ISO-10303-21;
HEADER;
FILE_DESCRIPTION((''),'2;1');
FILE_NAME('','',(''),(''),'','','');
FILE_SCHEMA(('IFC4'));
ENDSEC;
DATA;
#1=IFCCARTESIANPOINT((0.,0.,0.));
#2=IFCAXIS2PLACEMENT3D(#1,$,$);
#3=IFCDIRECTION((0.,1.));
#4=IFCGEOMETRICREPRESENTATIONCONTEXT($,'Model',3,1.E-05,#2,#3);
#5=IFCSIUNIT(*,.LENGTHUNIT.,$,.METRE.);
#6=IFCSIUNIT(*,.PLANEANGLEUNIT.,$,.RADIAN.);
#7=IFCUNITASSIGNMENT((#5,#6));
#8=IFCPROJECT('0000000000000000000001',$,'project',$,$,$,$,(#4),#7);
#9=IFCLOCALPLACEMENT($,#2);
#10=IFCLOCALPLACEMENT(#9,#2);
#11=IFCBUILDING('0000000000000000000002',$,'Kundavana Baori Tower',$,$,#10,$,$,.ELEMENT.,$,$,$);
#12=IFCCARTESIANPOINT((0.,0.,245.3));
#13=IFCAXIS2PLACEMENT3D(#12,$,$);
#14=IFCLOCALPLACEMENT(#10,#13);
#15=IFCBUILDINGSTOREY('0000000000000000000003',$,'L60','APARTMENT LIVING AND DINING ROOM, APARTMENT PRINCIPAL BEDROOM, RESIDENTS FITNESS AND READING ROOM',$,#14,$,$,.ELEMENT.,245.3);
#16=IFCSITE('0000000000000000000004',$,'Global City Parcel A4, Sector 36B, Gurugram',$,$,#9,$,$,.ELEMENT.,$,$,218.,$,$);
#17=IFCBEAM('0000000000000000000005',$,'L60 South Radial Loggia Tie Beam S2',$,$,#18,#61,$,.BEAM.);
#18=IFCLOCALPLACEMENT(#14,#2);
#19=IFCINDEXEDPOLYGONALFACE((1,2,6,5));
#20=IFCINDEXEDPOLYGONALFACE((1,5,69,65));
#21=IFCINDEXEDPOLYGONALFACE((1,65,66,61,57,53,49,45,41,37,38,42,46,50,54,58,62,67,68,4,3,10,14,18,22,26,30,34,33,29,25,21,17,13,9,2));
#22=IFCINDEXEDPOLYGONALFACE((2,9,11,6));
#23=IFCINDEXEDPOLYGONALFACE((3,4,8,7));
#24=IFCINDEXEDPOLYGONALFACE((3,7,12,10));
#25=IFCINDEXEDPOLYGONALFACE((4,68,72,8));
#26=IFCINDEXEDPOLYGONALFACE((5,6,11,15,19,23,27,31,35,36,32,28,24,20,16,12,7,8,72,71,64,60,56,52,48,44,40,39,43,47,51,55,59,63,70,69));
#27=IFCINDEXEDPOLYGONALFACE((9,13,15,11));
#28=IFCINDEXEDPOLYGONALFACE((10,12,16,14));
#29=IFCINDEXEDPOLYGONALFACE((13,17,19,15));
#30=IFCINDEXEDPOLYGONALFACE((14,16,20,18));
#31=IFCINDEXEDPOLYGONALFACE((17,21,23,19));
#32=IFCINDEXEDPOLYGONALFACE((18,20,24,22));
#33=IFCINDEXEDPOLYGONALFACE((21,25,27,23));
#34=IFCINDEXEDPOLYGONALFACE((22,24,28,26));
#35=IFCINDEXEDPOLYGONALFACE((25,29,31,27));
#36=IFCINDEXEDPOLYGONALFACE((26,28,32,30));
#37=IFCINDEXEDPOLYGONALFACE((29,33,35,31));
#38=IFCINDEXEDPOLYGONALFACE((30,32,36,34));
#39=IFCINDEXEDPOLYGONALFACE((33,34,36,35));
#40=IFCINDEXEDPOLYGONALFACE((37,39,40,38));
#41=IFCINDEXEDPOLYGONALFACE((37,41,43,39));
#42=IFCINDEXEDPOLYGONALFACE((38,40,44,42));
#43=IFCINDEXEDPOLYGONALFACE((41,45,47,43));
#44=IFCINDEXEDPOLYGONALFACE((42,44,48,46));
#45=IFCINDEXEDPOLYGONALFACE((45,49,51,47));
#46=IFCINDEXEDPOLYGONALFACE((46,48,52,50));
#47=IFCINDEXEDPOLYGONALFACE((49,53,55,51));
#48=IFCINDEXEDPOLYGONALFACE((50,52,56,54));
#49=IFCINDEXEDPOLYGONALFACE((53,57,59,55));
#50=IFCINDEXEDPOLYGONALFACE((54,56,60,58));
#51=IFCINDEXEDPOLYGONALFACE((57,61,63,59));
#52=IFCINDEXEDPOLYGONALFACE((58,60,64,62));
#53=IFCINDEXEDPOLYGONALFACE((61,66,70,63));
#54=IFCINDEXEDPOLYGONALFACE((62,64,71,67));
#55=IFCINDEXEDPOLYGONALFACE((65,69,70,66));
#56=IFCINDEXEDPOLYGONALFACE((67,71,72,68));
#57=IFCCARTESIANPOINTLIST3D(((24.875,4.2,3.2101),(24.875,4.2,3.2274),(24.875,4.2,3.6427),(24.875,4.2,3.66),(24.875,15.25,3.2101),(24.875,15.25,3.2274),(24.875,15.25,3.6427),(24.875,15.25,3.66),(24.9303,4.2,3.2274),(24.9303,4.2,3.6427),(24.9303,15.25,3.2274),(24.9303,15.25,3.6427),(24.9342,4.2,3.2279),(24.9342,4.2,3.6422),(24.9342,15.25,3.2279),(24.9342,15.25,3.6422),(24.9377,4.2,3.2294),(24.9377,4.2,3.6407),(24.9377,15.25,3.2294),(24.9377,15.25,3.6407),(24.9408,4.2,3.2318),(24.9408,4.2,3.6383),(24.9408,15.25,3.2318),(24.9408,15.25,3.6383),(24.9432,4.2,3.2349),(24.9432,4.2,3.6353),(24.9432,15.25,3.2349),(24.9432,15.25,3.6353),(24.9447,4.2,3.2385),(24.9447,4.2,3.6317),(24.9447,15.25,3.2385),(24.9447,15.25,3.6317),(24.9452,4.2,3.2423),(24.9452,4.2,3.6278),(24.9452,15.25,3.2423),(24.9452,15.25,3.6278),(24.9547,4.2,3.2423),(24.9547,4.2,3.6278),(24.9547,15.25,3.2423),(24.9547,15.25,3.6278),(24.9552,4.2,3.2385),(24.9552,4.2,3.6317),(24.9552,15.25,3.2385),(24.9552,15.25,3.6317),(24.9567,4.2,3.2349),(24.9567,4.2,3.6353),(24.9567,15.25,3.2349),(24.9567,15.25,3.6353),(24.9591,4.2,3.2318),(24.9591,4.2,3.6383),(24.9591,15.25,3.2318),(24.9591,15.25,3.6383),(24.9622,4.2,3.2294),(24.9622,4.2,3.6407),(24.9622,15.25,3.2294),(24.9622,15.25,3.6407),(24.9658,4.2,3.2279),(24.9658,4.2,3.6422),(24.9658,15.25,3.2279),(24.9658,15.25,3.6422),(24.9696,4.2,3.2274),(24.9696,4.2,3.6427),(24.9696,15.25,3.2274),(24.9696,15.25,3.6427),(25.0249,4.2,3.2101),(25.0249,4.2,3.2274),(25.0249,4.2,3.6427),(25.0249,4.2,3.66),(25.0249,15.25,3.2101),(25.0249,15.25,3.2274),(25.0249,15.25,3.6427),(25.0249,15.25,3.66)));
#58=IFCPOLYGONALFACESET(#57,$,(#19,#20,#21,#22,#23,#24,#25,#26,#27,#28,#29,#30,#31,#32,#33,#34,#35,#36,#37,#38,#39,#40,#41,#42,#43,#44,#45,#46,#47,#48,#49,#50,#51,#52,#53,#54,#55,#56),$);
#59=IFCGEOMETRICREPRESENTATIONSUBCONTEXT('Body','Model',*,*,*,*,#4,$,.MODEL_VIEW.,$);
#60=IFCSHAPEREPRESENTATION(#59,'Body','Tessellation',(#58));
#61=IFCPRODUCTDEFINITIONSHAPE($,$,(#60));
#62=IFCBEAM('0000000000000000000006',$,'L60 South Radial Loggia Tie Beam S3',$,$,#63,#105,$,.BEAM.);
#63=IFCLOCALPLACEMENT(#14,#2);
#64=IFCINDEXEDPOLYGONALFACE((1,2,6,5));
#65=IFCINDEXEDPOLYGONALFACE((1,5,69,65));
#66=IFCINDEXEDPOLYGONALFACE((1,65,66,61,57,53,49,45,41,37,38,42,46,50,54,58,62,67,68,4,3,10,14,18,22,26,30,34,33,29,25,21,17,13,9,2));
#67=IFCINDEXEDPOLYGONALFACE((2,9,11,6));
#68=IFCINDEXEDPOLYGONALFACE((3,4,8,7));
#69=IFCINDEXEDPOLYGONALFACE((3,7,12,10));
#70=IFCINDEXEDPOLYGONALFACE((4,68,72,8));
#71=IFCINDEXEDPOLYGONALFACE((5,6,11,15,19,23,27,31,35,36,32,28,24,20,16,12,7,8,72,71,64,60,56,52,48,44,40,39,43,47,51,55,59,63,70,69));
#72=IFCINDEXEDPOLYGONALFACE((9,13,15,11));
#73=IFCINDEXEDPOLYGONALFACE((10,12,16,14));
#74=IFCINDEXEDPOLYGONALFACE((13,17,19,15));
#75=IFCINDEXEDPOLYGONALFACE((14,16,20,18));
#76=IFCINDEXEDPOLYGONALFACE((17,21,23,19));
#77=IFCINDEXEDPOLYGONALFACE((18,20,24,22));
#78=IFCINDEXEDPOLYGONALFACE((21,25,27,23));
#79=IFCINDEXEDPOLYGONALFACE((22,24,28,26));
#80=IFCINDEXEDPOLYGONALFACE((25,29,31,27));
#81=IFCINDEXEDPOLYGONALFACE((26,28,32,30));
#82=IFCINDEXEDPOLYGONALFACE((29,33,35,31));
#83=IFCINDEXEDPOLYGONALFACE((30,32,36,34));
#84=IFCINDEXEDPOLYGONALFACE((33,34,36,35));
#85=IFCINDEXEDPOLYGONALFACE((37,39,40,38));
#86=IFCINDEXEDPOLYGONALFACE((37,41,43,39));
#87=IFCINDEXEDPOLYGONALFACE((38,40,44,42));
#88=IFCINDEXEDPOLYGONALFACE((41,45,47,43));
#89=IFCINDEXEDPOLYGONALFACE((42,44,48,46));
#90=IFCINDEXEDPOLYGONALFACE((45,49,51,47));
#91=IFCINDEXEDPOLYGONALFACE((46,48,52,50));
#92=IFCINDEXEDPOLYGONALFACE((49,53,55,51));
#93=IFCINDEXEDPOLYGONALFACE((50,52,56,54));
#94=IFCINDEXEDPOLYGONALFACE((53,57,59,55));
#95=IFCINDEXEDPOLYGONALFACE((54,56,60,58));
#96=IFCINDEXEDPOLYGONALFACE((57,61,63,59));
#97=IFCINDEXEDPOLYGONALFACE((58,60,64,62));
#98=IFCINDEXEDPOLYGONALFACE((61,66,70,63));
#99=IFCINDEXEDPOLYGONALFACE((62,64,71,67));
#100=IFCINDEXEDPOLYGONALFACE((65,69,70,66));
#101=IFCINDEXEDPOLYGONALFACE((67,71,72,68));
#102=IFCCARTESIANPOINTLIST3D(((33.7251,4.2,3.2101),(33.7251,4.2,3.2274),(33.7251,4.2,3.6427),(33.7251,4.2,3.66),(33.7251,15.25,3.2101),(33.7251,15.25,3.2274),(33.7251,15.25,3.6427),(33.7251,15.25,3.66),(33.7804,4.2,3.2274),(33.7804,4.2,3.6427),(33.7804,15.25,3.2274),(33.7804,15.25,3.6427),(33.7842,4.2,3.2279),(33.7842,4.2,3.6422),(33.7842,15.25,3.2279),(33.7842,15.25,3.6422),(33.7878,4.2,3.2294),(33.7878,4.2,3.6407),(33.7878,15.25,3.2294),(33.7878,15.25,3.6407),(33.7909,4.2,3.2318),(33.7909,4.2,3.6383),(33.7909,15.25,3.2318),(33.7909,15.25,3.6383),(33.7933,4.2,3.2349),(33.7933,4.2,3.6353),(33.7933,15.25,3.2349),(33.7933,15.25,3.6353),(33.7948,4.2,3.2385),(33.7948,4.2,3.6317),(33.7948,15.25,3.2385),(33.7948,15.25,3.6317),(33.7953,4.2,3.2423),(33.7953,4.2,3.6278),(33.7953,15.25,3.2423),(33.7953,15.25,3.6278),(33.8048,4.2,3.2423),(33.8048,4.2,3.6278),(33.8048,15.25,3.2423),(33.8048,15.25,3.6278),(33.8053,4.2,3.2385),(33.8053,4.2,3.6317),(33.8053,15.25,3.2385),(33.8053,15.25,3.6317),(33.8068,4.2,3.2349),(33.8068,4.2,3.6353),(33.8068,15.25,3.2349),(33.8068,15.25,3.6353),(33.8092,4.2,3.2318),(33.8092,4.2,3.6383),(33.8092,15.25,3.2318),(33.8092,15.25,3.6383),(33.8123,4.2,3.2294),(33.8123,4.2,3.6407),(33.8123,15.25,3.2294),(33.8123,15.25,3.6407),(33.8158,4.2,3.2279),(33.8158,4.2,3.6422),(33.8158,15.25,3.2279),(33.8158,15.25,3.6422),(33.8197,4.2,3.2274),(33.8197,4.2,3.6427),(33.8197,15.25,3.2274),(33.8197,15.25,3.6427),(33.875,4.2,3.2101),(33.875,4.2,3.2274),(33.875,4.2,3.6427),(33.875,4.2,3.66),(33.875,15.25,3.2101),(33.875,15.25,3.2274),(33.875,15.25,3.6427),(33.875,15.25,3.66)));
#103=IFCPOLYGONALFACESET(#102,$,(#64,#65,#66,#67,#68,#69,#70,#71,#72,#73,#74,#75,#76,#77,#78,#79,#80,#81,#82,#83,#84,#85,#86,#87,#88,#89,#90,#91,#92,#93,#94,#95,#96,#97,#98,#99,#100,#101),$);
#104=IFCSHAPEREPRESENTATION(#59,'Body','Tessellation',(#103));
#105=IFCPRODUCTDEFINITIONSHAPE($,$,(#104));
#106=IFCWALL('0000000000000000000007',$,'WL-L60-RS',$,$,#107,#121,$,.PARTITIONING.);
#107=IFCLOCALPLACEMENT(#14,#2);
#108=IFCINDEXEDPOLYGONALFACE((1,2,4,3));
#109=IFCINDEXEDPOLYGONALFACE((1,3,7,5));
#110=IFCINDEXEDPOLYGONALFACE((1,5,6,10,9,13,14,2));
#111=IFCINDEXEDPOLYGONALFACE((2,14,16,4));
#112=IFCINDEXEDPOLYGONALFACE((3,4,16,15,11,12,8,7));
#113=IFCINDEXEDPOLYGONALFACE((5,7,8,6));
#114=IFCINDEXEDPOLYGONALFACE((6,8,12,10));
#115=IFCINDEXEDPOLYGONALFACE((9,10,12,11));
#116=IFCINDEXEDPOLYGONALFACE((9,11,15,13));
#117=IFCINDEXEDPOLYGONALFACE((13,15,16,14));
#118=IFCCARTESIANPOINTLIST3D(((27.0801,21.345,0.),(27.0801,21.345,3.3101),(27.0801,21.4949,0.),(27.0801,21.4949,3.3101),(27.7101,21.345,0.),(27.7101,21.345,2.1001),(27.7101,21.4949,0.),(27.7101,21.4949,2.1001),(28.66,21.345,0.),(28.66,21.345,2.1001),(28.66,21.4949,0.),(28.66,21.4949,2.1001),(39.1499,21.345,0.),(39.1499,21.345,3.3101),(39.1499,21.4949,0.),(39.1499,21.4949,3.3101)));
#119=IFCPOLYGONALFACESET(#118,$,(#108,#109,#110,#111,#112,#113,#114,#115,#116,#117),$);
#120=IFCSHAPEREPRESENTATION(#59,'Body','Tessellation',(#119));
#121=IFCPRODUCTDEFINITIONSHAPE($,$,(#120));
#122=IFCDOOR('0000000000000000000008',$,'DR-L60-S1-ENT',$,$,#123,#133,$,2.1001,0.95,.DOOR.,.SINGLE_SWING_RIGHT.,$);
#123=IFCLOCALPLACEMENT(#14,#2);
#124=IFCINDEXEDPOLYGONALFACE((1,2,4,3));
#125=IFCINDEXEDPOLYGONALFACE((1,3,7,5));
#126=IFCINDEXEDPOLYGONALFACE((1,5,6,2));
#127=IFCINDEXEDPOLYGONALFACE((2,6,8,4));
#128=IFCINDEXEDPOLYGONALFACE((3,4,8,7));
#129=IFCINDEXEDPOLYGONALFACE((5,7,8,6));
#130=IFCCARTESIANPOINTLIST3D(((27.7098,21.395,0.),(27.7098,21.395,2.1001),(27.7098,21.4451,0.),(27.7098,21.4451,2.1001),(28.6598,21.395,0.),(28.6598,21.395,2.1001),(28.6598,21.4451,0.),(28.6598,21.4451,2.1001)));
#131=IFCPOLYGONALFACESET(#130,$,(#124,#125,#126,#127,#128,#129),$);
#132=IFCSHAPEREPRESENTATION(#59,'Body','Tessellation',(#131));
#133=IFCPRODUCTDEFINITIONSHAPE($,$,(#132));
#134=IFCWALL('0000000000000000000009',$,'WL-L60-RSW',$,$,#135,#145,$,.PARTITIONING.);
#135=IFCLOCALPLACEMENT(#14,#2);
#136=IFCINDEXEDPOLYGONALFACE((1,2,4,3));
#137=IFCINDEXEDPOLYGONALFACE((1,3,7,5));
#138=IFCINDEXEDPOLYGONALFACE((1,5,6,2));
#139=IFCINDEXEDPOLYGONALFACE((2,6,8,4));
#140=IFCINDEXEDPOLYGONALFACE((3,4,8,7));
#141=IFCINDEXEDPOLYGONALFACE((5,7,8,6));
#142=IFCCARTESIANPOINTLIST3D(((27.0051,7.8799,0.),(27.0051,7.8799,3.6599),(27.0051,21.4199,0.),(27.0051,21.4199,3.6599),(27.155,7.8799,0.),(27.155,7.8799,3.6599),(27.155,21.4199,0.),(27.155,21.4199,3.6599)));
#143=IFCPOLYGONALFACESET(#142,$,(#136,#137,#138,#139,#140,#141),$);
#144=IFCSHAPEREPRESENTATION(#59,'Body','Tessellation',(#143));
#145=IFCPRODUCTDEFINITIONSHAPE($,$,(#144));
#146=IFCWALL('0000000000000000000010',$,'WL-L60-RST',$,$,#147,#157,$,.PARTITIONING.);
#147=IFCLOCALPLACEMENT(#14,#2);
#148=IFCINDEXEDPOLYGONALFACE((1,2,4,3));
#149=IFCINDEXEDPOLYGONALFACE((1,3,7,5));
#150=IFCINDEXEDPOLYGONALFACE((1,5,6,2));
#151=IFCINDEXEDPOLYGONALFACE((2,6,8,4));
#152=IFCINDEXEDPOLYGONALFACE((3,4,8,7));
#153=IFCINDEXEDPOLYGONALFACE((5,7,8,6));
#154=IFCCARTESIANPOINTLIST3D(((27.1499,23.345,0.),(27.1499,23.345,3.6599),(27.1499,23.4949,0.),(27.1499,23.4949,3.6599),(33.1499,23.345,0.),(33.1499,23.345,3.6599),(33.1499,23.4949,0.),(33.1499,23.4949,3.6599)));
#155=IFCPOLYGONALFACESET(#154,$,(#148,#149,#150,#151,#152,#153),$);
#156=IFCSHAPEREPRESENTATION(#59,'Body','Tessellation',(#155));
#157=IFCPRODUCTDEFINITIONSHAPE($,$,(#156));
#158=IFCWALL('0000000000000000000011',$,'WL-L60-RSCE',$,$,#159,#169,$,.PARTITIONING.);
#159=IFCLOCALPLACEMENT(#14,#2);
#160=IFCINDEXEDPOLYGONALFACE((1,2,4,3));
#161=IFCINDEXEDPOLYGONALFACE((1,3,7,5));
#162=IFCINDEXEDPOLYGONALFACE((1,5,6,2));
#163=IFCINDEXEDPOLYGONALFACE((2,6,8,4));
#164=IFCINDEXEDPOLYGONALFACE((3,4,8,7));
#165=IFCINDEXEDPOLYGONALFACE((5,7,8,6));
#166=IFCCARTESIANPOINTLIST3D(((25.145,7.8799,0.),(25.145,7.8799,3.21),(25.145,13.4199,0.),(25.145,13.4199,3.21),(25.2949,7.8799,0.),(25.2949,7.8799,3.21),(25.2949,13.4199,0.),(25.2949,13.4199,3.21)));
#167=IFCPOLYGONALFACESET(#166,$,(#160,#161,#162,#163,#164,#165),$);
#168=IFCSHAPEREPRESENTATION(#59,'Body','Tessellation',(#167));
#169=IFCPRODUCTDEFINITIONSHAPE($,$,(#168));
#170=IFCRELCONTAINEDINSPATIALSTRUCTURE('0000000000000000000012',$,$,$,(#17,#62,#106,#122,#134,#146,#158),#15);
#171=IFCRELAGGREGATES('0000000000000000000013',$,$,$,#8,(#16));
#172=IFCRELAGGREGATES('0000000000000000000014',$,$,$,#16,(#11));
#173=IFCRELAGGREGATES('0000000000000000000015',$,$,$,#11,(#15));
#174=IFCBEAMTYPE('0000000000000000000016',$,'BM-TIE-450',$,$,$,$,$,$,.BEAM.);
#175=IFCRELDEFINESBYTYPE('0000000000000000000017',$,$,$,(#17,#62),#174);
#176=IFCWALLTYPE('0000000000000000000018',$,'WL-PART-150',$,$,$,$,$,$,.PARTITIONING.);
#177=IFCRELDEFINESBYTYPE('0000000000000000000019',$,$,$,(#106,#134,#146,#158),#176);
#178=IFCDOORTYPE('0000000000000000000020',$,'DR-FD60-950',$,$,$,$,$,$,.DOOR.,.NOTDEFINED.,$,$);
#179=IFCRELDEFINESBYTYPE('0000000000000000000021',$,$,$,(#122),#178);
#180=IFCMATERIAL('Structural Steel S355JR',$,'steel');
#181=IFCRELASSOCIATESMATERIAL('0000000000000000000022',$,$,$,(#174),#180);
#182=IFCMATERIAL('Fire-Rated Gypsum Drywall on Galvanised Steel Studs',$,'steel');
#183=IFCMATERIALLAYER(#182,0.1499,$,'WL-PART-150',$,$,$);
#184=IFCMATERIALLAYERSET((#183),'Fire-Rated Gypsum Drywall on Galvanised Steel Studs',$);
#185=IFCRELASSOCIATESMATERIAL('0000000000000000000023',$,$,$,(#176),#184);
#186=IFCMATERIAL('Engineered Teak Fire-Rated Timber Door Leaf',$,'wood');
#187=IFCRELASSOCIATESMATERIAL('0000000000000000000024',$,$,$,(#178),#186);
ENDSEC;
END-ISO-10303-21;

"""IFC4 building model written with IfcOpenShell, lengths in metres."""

from ifc_helpers import new_model, si_unit, direction, frame, frame_2d, origin, origin_2d, place, context, subcontext, project, spatial, rectangle, i_section, extrude, material, layer, layer_set, material_profile, profile_set, type_object, element, fill, save


model = new_model("IFC4")

# Units and contexts
model_context = context("Model", 3, precision=1e-05, world=origin(), true_north=direction((0.0, 1.0)))
body_context = subcontext(model_context, "Body", "Model", "MODEL_VIEW")
ifc_project = project(units=[si_unit("LENGTHUNIT", "METRE"), si_unit("PLANEANGLEUNIT", "RADIAN")], contexts=[model_context])

# Site, building, storey
site_placement = place(None, origin())
site = spatial("IfcSite", under=ifc_project, at=site_placement, Name="Global City Parcel A4, Sector 36B, Gurugram", CompositionType="ELEMENT", RefElevation=218.0)
building_placement = place(site_placement, origin())
building = spatial("IfcBuilding", under=site, at=building_placement, Name="Kundavana Baori Tower", CompositionType="ELEMENT")
storey_placement = place(building_placement, frame((0.0, 0.0, 245.3)))
storey = spatial("IfcBuildingStorey", under=building, at=storey_placement, Name="L60", Description="APARTMENT LIVING AND DINING ROOM, APARTMENT PRINCIPAL BEDROOM, RESIDENTS FITNESS AND READING ROOM", CompositionType="ELEMENT", Elevation=245.3)

# Beams
ifc_material_1 = material(Name="Structural Steel S355JR", Category="steel")
ifc_material_profile_1 = material_profile(ifc_material_1, i_section(OverallWidth=0.1499, OverallDepth=0.45, WebThickness=0.0095, FlangeThickness=0.0173, FilletRadius=0.0149, at=origin_2d()), Name="ISMB 450")
ifc_profile_set_1 = profile_set([ifc_material_profile_1], Name="Structural Steel S355JR")
beam_type_1 = type_object("IfcBeamType", Name="BM-TIE-450", PredefinedType="BEAM", material=ifc_profile_set_1)
for number, where, z_axis, x_axis, name in (
    (1, (24.95, 15.25, 3.4351), (0.0, -1.0, 0.0), (1.0, 0.0, 0.0), "L60 South Radial Loggia Tie Beam S2"),
    (2, (33.8, 15.25, 3.4351), (0.0, -1.0, 0.0), (1.0, 0.0, 0.0), "L60 South Radial Loggia Tie Beam S3"),
):
    element("IfcBeam", number, at=place(storey_placement, frame(where, z_axis=z_axis, x_axis=x_axis)), inside=storey, type_object=beam_type_1, Name=name, PredefinedType="BEAM", context=body_context, shape_type="SweptSolid", body=[
        extrude(i_section(OverallWidth=0.1499, OverallDepth=0.45, WebThickness=0.0095, FlangeThickness=0.0173, FilletRadius=0.0149, at=origin_2d()), origin(), (0.0, 0.0, 1.0), 11.05),
    ])

# Wall, opening, door
ifc_material_2 = material(Name="Fire-Rated Gypsum Drywall on Galvanised Steel Studs", Category="steel")
ifc_layer = layer(ifc_material_2, 0.1499, Name="WL-PART-150")
ifc_layer_set = layer_set([ifc_layer], Name="Fire-Rated Gypsum Drywall on Galvanised Steel Studs")
wall_type = type_object("IfcWallType", Name="WL-PART-150", PredefinedType="PARTITIONING", material=ifc_layer_set)
wall_1_placement = place(storey_placement, frame((27.0801, 21.4199, 0.0), z_axis=(0.0, 0.0, 1.0), x_axis=(1.0, 0.0, 0.0)))
wall_1 = element("IfcWall", 3, at=wall_1_placement, inside=storey, type_object=wall_type, Name="WL-L60-RS", PredefinedType="PARTITIONING", context=body_context, shape_type="SweptSolid", body=[
    extrude(rectangle(XDim=12.0698, YDim=0.1499, at=frame_2d((6.0349, 0.0))), origin(), (0.0, 0.0, 1.0), 3.3101),
])
opening_1_placement = place(wall_1_placement, frame((0.6299, 0.0, 0.0)))
opening_1 = element("IfcOpeningElement", 4, at=opening_1_placement, cuts=wall_1, PredefinedType="OPENING", context=body_context, shape_type="SweptSolid", body=[
    extrude(rectangle(XDim=0.95, YDim=2.1001, at=frame_2d((0.4751, 1.05))), frame((0.0, 0.085, 0.0), z_axis=(0.0, -1.0, 0.0), x_axis=(1.0, 0.0, 0.0)), (0.0, 0.0, 1.0), 0.1699),
])
ifc_material_3 = material(Name="Engineered Teak Fire-Rated Timber Door Leaf", Category="wood")
door_type_1 = type_object("IfcDoorType", Name="DR-FD60-950", OperationType="NOTDEFINED", PredefinedType="DOOR", material=ifc_material_3)
door_1_placement = place(opening_1_placement, frame((0.95, 0.0, 0.0), z_axis=(0.0, 0.0, 1.0), x_axis=(-1.0, 0.0, 0.0)))
door_1 = element("IfcDoor", 5, at=door_1_placement, inside=storey, type_object=door_type_1, Name="DR-L60-S1-ENT", OperationType="SINGLE_SWING_RIGHT", OverallHeight=2.1001, OverallWidth=0.95, PredefinedType="DOOR", context=body_context, shape_type="SweptSolid", body=[
    extrude(rectangle(XDim=0.95, YDim=2.1001, at=frame_2d((0.4751, 1.05))), frame((0.0, 0.0249, 0.0), z_axis=(0.0, -1.0, 0.0), x_axis=(1.0, 0.0, 0.0)), (0.0, 0.0, 1.0), 0.05),
])
fill(opening_1, door_1)

# Walls
wall_2_placement = place(storey_placement, frame((27.0801, 7.8799, 0.0), z_axis=(0.0, 0.0, 1.0), x_axis=(0.0, 1.0, 0.0)))
element("IfcWall", 6, at=wall_2_placement, inside=storey, type_object=wall_type, Name="WL-L60-RSW", PredefinedType="PARTITIONING", context=body_context, shape_type="SweptSolid", body=[
    extrude(rectangle(XDim=13.54, YDim=0.1499, at=frame_2d((6.77, 0.0))), origin(), (0.0, 0.0, 1.0), 3.6599),
])
wall_3_placement = place(storey_placement, frame((27.1499, 23.4199, 0.0), z_axis=(0.0, 0.0, 1.0), x_axis=(1.0, 0.0, 0.0)))
element("IfcWall", 7, at=wall_3_placement, inside=storey, type_object=wall_type, Name="WL-L60-RST", PredefinedType="PARTITIONING", context=body_context, shape_type="SweptSolid", body=[
    extrude(rectangle(XDim=6.0, YDim=0.1499, at=frame_2d((3.0, 0.0))), origin(), (0.0, 0.0, 1.0), 3.6599),
])
wall_4_placement = place(storey_placement, frame((25.22, 7.8799, 0.0), z_axis=(0.0, 0.0, 1.0), x_axis=(0.0, 1.0, 0.0)))
element("IfcWall", 8, at=wall_4_placement, inside=storey, type_object=wall_type, Name="WL-L60-RSCE", PredefinedType="PARTITIONING", context=body_context, shape_type="SweptSolid", body=[
    extrude(rectangle(XDim=5.54, YDim=0.1499, at=frame_2d((2.77, 0.0))), origin(), (0.0, 0.0, 1.0), 3.21),
])

save(model, "model.ifc")
